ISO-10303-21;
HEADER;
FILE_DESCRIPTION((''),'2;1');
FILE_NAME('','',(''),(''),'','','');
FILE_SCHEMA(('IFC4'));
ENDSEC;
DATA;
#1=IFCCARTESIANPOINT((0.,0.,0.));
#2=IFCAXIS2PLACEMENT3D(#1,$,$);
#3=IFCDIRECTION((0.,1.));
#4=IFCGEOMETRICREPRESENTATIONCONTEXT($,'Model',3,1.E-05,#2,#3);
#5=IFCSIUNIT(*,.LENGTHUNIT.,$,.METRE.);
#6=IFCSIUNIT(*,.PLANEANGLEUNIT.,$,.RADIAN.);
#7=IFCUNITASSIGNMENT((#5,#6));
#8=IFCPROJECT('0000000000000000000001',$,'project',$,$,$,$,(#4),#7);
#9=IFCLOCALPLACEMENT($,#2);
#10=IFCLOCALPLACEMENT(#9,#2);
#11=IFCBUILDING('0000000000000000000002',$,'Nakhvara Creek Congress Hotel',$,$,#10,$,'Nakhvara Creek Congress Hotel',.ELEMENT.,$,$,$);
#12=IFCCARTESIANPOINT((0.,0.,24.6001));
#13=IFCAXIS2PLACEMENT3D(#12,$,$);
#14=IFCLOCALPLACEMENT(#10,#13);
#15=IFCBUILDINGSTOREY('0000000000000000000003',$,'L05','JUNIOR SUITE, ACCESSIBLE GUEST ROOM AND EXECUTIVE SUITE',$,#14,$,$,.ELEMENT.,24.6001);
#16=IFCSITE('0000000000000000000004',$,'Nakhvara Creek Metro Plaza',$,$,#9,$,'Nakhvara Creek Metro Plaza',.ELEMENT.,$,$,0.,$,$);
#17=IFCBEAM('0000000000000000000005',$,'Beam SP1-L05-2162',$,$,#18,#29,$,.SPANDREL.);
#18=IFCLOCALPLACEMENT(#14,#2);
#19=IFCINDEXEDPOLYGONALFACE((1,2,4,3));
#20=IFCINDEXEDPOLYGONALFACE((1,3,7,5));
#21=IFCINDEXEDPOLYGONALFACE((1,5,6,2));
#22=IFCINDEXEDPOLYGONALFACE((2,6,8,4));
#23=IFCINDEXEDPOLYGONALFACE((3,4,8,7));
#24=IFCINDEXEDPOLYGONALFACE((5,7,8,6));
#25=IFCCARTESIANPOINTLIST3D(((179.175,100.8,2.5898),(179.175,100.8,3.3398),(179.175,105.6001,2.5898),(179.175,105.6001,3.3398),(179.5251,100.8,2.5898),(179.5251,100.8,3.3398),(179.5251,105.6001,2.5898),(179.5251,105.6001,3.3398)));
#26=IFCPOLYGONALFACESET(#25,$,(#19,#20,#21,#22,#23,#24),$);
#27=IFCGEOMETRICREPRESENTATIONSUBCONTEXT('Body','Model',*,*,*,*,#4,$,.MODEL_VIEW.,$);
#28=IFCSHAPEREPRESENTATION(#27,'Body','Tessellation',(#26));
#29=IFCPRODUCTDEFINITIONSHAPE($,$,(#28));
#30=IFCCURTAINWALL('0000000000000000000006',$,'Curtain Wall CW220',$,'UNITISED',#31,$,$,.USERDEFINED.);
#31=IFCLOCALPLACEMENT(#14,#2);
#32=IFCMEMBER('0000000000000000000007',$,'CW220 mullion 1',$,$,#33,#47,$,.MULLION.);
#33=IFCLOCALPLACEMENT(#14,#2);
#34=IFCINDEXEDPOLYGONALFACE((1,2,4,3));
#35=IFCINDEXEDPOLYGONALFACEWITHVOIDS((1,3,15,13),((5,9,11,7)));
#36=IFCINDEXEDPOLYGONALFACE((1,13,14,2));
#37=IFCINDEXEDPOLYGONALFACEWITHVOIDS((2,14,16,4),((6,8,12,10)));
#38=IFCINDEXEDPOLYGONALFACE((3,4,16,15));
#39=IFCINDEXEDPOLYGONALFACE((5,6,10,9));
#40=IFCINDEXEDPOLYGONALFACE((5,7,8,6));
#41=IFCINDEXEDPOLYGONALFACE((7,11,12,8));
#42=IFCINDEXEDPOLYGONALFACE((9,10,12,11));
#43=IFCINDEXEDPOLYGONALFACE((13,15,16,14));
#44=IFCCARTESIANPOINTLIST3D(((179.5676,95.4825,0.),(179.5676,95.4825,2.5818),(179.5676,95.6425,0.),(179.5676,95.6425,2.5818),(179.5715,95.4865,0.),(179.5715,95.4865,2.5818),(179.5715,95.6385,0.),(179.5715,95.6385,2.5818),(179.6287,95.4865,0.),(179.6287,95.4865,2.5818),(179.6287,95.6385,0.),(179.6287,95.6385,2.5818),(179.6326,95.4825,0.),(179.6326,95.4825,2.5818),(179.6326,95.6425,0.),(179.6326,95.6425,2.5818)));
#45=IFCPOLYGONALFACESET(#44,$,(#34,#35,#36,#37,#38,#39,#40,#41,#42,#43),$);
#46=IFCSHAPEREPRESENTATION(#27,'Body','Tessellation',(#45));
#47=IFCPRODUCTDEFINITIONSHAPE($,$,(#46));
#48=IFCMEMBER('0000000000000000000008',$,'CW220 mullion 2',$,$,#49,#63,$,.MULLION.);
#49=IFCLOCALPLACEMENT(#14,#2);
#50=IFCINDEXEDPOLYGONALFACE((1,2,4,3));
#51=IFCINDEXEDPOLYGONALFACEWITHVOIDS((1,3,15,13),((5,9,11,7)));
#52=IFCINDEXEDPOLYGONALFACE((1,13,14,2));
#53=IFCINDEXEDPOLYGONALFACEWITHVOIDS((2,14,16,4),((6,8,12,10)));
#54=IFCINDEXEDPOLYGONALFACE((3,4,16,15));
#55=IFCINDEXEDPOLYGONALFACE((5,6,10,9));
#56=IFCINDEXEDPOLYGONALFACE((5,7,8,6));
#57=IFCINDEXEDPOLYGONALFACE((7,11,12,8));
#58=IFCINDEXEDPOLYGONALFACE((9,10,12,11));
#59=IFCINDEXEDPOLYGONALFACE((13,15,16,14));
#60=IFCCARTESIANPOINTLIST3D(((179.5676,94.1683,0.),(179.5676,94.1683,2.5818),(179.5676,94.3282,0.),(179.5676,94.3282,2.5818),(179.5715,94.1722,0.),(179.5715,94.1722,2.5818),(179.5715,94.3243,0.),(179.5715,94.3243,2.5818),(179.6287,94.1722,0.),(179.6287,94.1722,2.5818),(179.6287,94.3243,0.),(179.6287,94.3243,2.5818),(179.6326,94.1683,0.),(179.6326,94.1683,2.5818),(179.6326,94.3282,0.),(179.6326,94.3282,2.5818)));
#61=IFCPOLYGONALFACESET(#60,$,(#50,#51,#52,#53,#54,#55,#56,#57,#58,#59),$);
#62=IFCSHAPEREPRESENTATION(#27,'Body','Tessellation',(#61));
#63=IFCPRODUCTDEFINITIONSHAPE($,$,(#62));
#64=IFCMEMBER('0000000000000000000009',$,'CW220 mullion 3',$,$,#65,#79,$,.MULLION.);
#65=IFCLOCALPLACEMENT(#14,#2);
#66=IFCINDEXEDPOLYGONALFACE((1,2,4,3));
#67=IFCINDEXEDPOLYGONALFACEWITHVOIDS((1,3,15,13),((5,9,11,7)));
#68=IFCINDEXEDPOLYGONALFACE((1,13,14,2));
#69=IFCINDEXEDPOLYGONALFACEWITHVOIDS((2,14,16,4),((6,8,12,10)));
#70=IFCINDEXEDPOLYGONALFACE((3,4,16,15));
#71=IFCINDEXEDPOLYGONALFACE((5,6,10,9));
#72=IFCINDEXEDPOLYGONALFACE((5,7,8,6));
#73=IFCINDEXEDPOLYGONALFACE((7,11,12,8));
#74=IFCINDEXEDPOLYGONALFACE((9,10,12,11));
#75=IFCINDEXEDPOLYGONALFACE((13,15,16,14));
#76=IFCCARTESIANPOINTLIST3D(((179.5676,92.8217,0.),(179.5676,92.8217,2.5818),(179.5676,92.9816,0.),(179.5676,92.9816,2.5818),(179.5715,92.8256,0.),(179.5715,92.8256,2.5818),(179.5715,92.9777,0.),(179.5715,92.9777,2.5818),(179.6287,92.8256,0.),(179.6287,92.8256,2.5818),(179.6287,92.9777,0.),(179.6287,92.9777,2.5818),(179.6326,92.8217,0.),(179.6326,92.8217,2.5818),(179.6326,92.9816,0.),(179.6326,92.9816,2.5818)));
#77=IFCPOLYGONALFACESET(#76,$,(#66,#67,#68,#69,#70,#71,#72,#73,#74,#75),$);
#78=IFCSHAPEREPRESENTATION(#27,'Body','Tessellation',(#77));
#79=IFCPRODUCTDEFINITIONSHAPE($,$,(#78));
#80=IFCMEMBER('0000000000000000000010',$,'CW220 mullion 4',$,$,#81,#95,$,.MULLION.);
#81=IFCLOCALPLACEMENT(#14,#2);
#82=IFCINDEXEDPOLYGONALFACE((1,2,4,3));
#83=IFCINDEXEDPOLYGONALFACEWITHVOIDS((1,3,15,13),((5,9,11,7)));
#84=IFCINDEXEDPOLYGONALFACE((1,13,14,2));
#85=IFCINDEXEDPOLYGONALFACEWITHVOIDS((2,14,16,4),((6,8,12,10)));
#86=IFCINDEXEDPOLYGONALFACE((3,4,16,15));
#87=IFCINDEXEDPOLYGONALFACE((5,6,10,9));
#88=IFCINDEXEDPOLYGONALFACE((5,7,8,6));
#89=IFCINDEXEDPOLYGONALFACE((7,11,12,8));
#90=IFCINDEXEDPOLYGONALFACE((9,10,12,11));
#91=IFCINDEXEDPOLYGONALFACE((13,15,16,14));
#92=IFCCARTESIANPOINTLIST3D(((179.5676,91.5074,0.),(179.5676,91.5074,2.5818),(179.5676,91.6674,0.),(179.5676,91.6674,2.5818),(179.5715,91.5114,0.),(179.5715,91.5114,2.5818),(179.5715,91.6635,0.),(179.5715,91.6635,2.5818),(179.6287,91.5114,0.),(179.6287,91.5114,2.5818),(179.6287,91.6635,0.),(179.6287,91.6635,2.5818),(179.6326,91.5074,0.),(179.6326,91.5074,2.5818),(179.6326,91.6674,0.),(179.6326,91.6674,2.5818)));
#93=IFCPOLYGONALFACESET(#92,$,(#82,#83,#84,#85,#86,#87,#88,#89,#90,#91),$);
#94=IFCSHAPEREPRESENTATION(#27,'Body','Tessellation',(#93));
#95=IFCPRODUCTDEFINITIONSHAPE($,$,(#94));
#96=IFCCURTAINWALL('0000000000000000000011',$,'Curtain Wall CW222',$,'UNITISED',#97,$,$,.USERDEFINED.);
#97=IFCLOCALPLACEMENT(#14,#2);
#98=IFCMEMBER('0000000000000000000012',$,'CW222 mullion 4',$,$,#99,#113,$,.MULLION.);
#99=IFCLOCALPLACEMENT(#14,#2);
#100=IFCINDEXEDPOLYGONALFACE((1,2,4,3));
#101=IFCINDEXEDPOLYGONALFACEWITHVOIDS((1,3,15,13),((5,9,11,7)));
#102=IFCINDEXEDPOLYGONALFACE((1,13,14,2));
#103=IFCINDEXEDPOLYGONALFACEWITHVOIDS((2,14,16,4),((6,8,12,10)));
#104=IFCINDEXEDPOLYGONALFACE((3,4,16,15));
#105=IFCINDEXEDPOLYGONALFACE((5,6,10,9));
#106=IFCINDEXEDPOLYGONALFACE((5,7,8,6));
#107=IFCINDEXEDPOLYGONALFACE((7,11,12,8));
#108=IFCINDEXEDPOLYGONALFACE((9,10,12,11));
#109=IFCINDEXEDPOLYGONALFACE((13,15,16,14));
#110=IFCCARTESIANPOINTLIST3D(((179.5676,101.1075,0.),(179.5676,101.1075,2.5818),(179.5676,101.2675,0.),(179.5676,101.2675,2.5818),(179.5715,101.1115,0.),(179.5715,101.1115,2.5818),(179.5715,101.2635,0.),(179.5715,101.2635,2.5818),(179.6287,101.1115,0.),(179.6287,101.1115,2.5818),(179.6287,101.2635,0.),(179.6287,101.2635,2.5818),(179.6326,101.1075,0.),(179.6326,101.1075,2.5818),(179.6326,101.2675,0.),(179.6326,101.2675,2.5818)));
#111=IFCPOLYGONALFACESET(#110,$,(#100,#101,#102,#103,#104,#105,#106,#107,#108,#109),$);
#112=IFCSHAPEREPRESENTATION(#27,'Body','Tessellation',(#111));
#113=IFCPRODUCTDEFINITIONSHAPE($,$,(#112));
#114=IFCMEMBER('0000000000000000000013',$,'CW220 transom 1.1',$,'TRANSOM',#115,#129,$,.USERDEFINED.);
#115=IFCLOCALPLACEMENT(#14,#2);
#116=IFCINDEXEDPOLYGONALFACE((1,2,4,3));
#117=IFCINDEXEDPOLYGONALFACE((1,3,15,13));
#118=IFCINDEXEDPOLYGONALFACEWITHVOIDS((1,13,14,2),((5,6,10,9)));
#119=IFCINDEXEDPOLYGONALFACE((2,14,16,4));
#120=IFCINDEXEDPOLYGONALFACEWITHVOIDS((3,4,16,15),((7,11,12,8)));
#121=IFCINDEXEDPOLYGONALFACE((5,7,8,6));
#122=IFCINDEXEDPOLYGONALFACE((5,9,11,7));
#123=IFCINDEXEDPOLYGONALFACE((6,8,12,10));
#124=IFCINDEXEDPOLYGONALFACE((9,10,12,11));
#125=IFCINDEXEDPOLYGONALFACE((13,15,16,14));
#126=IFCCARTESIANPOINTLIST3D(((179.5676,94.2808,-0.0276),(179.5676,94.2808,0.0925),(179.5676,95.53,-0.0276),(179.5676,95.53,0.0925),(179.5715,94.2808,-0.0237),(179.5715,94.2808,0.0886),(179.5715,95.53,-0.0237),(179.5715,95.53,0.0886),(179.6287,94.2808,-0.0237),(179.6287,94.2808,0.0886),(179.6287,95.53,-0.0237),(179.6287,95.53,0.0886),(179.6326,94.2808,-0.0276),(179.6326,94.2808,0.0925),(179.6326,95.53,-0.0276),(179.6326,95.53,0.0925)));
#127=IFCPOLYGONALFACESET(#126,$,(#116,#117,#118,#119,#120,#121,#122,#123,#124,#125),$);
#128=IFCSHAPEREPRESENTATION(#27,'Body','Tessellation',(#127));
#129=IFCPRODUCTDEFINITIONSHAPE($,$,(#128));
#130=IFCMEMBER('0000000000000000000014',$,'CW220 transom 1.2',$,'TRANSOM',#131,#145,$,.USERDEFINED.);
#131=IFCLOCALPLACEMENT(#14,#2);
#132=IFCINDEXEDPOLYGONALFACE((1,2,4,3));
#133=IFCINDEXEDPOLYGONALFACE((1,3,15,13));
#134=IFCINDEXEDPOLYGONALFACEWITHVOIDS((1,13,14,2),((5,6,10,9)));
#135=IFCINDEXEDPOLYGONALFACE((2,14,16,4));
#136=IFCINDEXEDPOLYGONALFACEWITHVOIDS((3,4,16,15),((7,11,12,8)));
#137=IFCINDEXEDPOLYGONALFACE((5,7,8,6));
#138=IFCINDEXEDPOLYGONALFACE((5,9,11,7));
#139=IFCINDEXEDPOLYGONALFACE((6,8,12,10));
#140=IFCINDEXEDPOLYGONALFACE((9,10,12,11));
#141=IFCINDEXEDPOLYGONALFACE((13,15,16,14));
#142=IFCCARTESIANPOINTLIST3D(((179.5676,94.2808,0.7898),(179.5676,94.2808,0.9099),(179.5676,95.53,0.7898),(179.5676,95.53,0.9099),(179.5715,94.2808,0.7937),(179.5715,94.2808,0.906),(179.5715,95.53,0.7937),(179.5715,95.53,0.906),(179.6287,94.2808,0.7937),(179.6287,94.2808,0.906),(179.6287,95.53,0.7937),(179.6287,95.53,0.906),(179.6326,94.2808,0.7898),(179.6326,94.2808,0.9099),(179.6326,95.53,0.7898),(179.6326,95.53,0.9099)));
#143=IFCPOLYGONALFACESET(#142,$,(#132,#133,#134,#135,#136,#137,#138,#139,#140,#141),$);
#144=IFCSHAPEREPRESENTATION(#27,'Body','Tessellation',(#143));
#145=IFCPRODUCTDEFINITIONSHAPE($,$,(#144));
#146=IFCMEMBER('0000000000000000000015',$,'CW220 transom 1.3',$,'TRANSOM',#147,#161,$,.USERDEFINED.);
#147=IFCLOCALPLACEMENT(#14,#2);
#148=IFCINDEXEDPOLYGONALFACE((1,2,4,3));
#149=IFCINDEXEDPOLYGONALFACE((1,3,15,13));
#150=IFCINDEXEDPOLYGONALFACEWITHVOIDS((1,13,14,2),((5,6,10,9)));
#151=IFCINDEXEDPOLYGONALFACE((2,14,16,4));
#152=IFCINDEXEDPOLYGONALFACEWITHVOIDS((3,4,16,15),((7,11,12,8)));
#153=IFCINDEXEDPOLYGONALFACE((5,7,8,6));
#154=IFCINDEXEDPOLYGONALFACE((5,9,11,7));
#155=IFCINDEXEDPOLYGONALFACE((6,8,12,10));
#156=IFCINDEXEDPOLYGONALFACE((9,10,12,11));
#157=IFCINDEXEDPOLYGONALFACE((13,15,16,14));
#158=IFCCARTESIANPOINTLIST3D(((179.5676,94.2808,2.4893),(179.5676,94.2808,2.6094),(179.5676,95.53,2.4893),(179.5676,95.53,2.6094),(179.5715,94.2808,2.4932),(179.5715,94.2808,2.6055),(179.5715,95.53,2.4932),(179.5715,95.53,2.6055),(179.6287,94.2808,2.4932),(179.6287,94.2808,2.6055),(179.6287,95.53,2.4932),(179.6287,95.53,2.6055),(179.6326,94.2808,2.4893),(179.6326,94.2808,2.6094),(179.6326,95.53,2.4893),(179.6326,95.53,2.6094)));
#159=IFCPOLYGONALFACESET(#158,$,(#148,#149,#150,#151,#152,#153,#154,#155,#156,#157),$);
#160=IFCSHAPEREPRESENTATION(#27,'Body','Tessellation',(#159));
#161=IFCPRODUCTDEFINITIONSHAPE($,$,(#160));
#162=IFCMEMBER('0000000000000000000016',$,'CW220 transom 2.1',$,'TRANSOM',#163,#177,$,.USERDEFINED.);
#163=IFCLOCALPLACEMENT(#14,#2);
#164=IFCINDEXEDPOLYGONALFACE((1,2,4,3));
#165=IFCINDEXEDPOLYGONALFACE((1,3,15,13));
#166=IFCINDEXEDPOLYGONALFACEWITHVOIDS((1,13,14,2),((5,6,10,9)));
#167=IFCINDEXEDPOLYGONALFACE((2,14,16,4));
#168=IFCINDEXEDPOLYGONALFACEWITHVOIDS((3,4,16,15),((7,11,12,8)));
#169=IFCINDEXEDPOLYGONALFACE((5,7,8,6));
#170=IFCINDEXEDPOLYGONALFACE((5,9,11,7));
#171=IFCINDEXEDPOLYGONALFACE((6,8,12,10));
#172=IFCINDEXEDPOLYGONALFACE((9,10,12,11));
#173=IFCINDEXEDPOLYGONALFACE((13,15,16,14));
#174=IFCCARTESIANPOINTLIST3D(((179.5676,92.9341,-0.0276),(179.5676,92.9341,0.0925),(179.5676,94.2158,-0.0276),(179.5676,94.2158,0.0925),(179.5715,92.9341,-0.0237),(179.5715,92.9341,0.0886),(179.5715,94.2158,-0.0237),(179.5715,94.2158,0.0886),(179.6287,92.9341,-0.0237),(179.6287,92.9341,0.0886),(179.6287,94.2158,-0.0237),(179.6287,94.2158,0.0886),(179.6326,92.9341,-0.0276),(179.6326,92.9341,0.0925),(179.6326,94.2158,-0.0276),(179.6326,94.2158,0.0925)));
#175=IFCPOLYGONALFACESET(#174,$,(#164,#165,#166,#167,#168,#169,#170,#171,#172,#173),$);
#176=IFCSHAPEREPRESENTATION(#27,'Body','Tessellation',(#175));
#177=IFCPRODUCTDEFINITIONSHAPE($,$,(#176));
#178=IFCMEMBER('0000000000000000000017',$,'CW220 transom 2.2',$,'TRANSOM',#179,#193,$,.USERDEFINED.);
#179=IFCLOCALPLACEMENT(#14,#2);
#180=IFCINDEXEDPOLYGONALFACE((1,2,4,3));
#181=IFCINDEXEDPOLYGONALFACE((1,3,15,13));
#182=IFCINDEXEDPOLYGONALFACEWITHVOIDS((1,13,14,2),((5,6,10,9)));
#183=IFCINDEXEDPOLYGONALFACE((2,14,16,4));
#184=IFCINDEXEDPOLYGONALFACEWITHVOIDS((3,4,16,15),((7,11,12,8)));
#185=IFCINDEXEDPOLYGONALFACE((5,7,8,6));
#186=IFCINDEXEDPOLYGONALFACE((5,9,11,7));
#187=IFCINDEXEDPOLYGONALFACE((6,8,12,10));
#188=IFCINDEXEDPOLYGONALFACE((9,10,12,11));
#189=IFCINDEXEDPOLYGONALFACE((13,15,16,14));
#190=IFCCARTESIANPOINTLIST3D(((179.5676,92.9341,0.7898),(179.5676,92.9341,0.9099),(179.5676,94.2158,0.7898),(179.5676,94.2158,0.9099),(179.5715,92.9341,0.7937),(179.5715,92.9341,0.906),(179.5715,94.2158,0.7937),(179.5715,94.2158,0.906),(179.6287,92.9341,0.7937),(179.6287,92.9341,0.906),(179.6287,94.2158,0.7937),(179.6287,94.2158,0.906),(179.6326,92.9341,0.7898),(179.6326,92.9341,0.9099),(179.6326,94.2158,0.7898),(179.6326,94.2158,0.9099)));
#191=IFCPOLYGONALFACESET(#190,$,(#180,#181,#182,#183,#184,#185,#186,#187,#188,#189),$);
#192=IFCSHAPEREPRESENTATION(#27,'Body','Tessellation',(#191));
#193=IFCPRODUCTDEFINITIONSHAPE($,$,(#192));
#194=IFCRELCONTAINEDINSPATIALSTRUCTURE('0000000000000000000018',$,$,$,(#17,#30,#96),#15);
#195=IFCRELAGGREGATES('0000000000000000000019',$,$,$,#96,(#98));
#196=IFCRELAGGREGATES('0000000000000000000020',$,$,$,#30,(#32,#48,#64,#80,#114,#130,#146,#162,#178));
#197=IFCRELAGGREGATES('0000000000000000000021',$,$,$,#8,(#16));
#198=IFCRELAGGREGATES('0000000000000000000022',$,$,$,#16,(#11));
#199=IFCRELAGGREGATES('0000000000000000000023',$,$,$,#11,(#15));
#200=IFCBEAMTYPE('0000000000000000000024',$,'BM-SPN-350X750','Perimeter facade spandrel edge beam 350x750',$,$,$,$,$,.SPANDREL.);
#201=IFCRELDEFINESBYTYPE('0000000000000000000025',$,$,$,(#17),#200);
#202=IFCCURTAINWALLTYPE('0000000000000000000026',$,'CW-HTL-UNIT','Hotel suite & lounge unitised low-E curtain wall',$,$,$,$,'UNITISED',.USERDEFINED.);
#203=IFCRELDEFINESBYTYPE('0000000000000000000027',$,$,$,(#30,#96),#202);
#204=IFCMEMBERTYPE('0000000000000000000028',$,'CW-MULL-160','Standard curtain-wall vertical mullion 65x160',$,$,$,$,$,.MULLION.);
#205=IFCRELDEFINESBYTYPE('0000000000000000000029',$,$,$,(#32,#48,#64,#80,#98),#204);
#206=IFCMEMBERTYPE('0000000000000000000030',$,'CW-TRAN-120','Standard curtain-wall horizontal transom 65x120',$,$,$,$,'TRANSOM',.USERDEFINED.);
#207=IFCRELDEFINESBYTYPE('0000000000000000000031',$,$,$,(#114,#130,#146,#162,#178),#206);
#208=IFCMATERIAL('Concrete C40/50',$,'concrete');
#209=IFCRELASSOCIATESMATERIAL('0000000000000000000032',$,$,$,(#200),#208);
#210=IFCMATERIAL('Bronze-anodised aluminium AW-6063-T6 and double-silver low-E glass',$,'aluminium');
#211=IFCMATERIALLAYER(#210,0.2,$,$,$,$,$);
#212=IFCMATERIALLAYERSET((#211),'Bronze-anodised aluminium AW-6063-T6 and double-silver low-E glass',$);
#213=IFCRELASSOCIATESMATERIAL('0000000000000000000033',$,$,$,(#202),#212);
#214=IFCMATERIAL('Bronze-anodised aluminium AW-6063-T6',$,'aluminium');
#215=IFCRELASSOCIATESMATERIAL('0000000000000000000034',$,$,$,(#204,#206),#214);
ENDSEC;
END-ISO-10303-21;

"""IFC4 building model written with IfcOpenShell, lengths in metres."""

from ifc_helpers import new_model, si_unit, direction, frame, origin, origin_2d, place, context, subcontext, project, spatial, rectangle, hollow_rectangle, extrude, material, layer, layer_set, material_profile, profile_set, type_object, element, aggregate, save


model = new_model("IFC4")

# Units and contexts
model_context = context("Model", 3, precision=1e-05, world=origin(), true_north=direction((0.0, 1.0)))
body_context = subcontext(model_context, "Body", "Model", "MODEL_VIEW")
ifc_project = project(units=[si_unit("LENGTHUNIT", "METRE"), si_unit("PLANEANGLEUNIT", "RADIAN")], contexts=[model_context])

# Site, building, storey
site_placement = place(None, origin())
site = spatial("IfcSite", under=ifc_project, at=site_placement, Name="Nakhvara Creek Metro Plaza", LongName="Nakhvara Creek Metro Plaza", CompositionType="ELEMENT", RefElevation=0.0)
building_placement = place(site_placement, origin())
building = spatial("IfcBuilding", under=site, at=building_placement, Name="Nakhvara Creek Congress Hotel", LongName="Nakhvara Creek Congress Hotel", CompositionType="ELEMENT")
storey_placement = place(building_placement, frame((0.0, 0.0, 24.6001)))
storey = spatial("IfcBuildingStorey", under=building, at=storey_placement, Name="L05", Description="JUNIOR SUITE, ACCESSIBLE GUEST ROOM AND EXECUTIVE SUITE", CompositionType="ELEMENT", Elevation=24.6001)

# Beam
ifc_material_1 = material(Name="Concrete C40/50", Category="concrete")
ifc_material_profile_1 = material_profile(ifc_material_1, rectangle(XDim=0.3501, YDim=0.75, at=origin_2d()), Name="RC-SPANDREL 350x750", Category="LoadBearing")
ifc_profile_set_1 = profile_set([ifc_material_profile_1], Name="Concrete C40/50")
beam_type = type_object("IfcBeamType", Name="BM-SPN-350X750", Description="Perimeter facade spandrel edge beam 350x750", PredefinedType="SPANDREL", material=ifc_profile_set_1)
beam_placement = place(storey_placement, frame((179.3501, 100.8, 2.9648), z_axis=(0.0, 1.0, 0.0), x_axis=(-1.0, 0.0, 0.0)))
element("IfcBeam", 1, at=beam_placement, inside=storey, type_object=beam_type, Name="Beam SP1-L05-2162", PredefinedType="SPANDREL", context=body_context, shape_type="SweptSolid", body=[
    extrude(rectangle(XDim=0.3501, YDim=0.75, at=origin_2d()), origin(), (0.0, 0.0, 1.0), 4.8),
])

# Curtain wall, members
ifc_material_2 = material(Name="Bronze-anodised aluminium AW-6063-T6 and double-silver low-E glass", Category="aluminium")
ifc_layer_1 = layer(ifc_material_2, 0.2)
ifc_layer_set_1 = layer_set([ifc_layer_1], Name="Bronze-anodised aluminium AW-6063-T6 and double-silver low-E glass")
curtain_wall_type = type_object("IfcCurtainWallType", Name="CW-HTL-UNIT", Description="Hotel suite & lounge unitised low-E curtain wall", ElementType="UNITISED", PredefinedType="USERDEFINED", material=ifc_layer_set_1)
curtain_wall_1_placement = place(storey_placement, origin())
curtain_wall_1 = element("IfcCurtainWall", 2, at=curtain_wall_1_placement, inside=storey, type_object=curtain_wall_type, Name="Curtain Wall CW220", ObjectType="UNITISED", PredefinedType="USERDEFINED")
ifc_material_3 = material(Name="Bronze-anodised aluminium AW-6063-T6", Category="aluminium")
ifc_material_profile_2 = material_profile(ifc_material_3, hollow_rectangle(XDim=0.0649, YDim=0.1599, WallThickness=0.0039, at=origin_2d()), Name="ALU-MULL 65x160x4", Category="LoadBearing")
ifc_profile_set_2 = profile_set([ifc_material_profile_2], Name="Bronze-anodised aluminium AW-6063-T6")
member_type_1 = type_object("IfcMemberType", Name="CW-MULL-160", Description="Standard curtain-wall vertical mullion 65x160", PredefinedType="MULLION", material=ifc_profile_set_2)
member_1_placement = place(storey_placement, frame((179.6001, 95.5625, 0.0), z_axis=(0.0, 0.0, 1.0), x_axis=(1.0, 0.0, 0.0)))
member_1 = element("IfcMember", 3, at=member_1_placement, type_object=member_type_1, Name="CW220 mullion 1", PredefinedType="MULLION", context=body_context, shape_type="SweptSolid", body=[
    extrude(hollow_rectangle(XDim=0.0649, YDim=0.1599, WallThickness=0.0039, at=origin_2d()), origin(), (0.0, 0.0, 1.0), 2.5818),
])
member_2_placement = place(storey_placement, frame((179.6001, 94.2483, 0.0), z_axis=(0.0, 0.0, 1.0), x_axis=(1.0, 0.0, 0.0)))
member_2 = element("IfcMember", 4, at=member_2_placement, type_object=member_type_1, Name="CW220 mullion 2", PredefinedType="MULLION", context=body_context, shape_type="SweptSolid", body=[
    extrude(hollow_rectangle(XDim=0.0649, YDim=0.1599, WallThickness=0.0039, at=origin_2d()), origin(), (0.0, 0.0, 1.0), 2.5818),
])
member_3_placement = place(storey_placement, frame((179.6001, 92.9016, 0.0), z_axis=(0.0, 0.0, 1.0), x_axis=(1.0, 0.0, 0.0)))
member_3 = element("IfcMember", 5, at=member_3_placement, type_object=member_type_1, Name="CW220 mullion 3", PredefinedType="MULLION", context=body_context, shape_type="SweptSolid", body=[
    extrude(hollow_rectangle(XDim=0.0649, YDim=0.1599, WallThickness=0.0039, at=origin_2d()), origin(), (0.0, 0.0, 1.0), 2.5818),
])
member_4_placement = place(storey_placement, frame((179.6001, 91.5874, 0.0), z_axis=(0.0, 0.0, 1.0), x_axis=(1.0, 0.0, 0.0)))
member_4 = element("IfcMember", 6, at=member_4_placement, type_object=member_type_1, Name="CW220 mullion 4", PredefinedType="MULLION", context=body_context, shape_type="SweptSolid", body=[
    extrude(hollow_rectangle(XDim=0.0649, YDim=0.1599, WallThickness=0.0039, at=origin_2d()), origin(), (0.0, 0.0, 1.0), 2.5818),
])

# Curtain wall, member
curtain_wall_2_placement = place(storey_placement, origin())
curtain_wall_2 = element("IfcCurtainWall", 7, at=curtain_wall_2_placement, inside=storey, type_object=curtain_wall_type, Name="Curtain Wall CW222", ObjectType="UNITISED", PredefinedType="USERDEFINED")
member_5_placement = place(storey_placement, frame((179.6001, 101.1875, 0.0), z_axis=(0.0, 0.0, 1.0), x_axis=(1.0, 0.0, 0.0)))
member_5 = element("IfcMember", 8, at=member_5_placement, type_object=member_type_1, Name="CW222 mullion 4", PredefinedType="MULLION", context=body_context, shape_type="SweptSolid", body=[
    extrude(hollow_rectangle(XDim=0.0649, YDim=0.1599, WallThickness=0.0039, at=origin_2d()), origin(), (0.0, 0.0, 1.0), 2.5818),
])

# Members
ifc_material_profile_3 = material_profile(ifc_material_3, hollow_rectangle(XDim=0.0649, YDim=0.1201, WallThickness=0.0039, at=origin_2d()), Name="ALU-TRAN 65x120x4", Category="LoadBearing")
ifc_profile_set_3 = profile_set([ifc_material_profile_3], Name="Bronze-anodised aluminium AW-6063-T6")
member_type_2 = type_object("IfcMemberType", Name="CW-TRAN-120", Description="Standard curtain-wall horizontal transom 65x120", ElementType="TRANSOM", PredefinedType="USERDEFINED", material=ifc_profile_set_3)
member_6_placement = place(storey_placement, frame((179.6001, 95.53, 0.0325), z_axis=(0.0, -1.0, 0.0), x_axis=(1.0, 0.0, 0.0)))
member_6 = element("IfcMember", 9, at=member_6_placement, type_object=member_type_2, Name="CW220 transom 1.1", ObjectType="TRANSOM", PredefinedType="USERDEFINED", context=body_context, shape_type="SweptSolid", body=[
    extrude(hollow_rectangle(XDim=0.0649, YDim=0.1201, WallThickness=0.0039, at=origin_2d()), origin(), (0.0, 0.0, 1.0), 1.2493),
])
member_7_placement = place(storey_placement, frame((179.6001, 95.53, 0.8499), z_axis=(0.0, -1.0, 0.0), x_axis=(1.0, 0.0, 0.0)))
member_7 = element("IfcMember", 10, at=member_7_placement, type_object=member_type_2, Name="CW220 transom 1.2", ObjectType="TRANSOM", PredefinedType="USERDEFINED", context=body_context, shape_type="SweptSolid", body=[
    extrude(hollow_rectangle(XDim=0.0649, YDim=0.1201, WallThickness=0.0039, at=origin_2d()), origin(), (0.0, 0.0, 1.0), 1.2493),
])
member_8_placement = place(storey_placement, frame((179.6001, 95.53, 2.5493), z_axis=(0.0, -1.0, 0.0), x_axis=(1.0, 0.0, 0.0)))
member_8 = element("IfcMember", 11, at=member_8_placement, type_object=member_type_2, Name="CW220 transom 1.3", ObjectType="TRANSOM", PredefinedType="USERDEFINED", context=body_context, shape_type="SweptSolid", body=[
    extrude(hollow_rectangle(XDim=0.0649, YDim=0.1201, WallThickness=0.0039, at=origin_2d()), origin(), (0.0, 0.0, 1.0), 1.2493),
])
member_9_placement = place(storey_placement, frame((179.6001, 94.2158, 0.0325), z_axis=(0.0, -1.0, 0.0), x_axis=(1.0, 0.0, 0.0)))
member_9 = element("IfcMember", 12, at=member_9_placement, type_object=member_type_2, Name="CW220 transom 2.1", ObjectType="TRANSOM", PredefinedType="USERDEFINED", context=body_context, shape_type="SweptSolid", body=[
    extrude(hollow_rectangle(XDim=0.0649, YDim=0.1201, WallThickness=0.0039, at=origin_2d()), origin(), (0.0, 0.0, 1.0), 1.2817),
])
member_10_placement = place(storey_placement, frame((179.6001, 94.2158, 0.8499), z_axis=(0.0, -1.0, 0.0), x_axis=(1.0, 0.0, 0.0)))
member_10 = element("IfcMember", 13, at=member_10_placement, type_object=member_type_2, Name="CW220 transom 2.2", ObjectType="TRANSOM", PredefinedType="USERDEFINED", context=body_context, shape_type="SweptSolid", body=[
    extrude(hollow_rectangle(XDim=0.0649, YDim=0.1201, WallThickness=0.0039, at=origin_2d()), origin(), (0.0, 0.0, 1.0), 1.2817),
])

aggregate(curtain_wall_2, [member_5])
aggregate(curtain_wall_1, [member_1, member_2, member_3, member_4, member_6, member_7, member_8, member_9, member_10])

save(model, "model.ifc")
